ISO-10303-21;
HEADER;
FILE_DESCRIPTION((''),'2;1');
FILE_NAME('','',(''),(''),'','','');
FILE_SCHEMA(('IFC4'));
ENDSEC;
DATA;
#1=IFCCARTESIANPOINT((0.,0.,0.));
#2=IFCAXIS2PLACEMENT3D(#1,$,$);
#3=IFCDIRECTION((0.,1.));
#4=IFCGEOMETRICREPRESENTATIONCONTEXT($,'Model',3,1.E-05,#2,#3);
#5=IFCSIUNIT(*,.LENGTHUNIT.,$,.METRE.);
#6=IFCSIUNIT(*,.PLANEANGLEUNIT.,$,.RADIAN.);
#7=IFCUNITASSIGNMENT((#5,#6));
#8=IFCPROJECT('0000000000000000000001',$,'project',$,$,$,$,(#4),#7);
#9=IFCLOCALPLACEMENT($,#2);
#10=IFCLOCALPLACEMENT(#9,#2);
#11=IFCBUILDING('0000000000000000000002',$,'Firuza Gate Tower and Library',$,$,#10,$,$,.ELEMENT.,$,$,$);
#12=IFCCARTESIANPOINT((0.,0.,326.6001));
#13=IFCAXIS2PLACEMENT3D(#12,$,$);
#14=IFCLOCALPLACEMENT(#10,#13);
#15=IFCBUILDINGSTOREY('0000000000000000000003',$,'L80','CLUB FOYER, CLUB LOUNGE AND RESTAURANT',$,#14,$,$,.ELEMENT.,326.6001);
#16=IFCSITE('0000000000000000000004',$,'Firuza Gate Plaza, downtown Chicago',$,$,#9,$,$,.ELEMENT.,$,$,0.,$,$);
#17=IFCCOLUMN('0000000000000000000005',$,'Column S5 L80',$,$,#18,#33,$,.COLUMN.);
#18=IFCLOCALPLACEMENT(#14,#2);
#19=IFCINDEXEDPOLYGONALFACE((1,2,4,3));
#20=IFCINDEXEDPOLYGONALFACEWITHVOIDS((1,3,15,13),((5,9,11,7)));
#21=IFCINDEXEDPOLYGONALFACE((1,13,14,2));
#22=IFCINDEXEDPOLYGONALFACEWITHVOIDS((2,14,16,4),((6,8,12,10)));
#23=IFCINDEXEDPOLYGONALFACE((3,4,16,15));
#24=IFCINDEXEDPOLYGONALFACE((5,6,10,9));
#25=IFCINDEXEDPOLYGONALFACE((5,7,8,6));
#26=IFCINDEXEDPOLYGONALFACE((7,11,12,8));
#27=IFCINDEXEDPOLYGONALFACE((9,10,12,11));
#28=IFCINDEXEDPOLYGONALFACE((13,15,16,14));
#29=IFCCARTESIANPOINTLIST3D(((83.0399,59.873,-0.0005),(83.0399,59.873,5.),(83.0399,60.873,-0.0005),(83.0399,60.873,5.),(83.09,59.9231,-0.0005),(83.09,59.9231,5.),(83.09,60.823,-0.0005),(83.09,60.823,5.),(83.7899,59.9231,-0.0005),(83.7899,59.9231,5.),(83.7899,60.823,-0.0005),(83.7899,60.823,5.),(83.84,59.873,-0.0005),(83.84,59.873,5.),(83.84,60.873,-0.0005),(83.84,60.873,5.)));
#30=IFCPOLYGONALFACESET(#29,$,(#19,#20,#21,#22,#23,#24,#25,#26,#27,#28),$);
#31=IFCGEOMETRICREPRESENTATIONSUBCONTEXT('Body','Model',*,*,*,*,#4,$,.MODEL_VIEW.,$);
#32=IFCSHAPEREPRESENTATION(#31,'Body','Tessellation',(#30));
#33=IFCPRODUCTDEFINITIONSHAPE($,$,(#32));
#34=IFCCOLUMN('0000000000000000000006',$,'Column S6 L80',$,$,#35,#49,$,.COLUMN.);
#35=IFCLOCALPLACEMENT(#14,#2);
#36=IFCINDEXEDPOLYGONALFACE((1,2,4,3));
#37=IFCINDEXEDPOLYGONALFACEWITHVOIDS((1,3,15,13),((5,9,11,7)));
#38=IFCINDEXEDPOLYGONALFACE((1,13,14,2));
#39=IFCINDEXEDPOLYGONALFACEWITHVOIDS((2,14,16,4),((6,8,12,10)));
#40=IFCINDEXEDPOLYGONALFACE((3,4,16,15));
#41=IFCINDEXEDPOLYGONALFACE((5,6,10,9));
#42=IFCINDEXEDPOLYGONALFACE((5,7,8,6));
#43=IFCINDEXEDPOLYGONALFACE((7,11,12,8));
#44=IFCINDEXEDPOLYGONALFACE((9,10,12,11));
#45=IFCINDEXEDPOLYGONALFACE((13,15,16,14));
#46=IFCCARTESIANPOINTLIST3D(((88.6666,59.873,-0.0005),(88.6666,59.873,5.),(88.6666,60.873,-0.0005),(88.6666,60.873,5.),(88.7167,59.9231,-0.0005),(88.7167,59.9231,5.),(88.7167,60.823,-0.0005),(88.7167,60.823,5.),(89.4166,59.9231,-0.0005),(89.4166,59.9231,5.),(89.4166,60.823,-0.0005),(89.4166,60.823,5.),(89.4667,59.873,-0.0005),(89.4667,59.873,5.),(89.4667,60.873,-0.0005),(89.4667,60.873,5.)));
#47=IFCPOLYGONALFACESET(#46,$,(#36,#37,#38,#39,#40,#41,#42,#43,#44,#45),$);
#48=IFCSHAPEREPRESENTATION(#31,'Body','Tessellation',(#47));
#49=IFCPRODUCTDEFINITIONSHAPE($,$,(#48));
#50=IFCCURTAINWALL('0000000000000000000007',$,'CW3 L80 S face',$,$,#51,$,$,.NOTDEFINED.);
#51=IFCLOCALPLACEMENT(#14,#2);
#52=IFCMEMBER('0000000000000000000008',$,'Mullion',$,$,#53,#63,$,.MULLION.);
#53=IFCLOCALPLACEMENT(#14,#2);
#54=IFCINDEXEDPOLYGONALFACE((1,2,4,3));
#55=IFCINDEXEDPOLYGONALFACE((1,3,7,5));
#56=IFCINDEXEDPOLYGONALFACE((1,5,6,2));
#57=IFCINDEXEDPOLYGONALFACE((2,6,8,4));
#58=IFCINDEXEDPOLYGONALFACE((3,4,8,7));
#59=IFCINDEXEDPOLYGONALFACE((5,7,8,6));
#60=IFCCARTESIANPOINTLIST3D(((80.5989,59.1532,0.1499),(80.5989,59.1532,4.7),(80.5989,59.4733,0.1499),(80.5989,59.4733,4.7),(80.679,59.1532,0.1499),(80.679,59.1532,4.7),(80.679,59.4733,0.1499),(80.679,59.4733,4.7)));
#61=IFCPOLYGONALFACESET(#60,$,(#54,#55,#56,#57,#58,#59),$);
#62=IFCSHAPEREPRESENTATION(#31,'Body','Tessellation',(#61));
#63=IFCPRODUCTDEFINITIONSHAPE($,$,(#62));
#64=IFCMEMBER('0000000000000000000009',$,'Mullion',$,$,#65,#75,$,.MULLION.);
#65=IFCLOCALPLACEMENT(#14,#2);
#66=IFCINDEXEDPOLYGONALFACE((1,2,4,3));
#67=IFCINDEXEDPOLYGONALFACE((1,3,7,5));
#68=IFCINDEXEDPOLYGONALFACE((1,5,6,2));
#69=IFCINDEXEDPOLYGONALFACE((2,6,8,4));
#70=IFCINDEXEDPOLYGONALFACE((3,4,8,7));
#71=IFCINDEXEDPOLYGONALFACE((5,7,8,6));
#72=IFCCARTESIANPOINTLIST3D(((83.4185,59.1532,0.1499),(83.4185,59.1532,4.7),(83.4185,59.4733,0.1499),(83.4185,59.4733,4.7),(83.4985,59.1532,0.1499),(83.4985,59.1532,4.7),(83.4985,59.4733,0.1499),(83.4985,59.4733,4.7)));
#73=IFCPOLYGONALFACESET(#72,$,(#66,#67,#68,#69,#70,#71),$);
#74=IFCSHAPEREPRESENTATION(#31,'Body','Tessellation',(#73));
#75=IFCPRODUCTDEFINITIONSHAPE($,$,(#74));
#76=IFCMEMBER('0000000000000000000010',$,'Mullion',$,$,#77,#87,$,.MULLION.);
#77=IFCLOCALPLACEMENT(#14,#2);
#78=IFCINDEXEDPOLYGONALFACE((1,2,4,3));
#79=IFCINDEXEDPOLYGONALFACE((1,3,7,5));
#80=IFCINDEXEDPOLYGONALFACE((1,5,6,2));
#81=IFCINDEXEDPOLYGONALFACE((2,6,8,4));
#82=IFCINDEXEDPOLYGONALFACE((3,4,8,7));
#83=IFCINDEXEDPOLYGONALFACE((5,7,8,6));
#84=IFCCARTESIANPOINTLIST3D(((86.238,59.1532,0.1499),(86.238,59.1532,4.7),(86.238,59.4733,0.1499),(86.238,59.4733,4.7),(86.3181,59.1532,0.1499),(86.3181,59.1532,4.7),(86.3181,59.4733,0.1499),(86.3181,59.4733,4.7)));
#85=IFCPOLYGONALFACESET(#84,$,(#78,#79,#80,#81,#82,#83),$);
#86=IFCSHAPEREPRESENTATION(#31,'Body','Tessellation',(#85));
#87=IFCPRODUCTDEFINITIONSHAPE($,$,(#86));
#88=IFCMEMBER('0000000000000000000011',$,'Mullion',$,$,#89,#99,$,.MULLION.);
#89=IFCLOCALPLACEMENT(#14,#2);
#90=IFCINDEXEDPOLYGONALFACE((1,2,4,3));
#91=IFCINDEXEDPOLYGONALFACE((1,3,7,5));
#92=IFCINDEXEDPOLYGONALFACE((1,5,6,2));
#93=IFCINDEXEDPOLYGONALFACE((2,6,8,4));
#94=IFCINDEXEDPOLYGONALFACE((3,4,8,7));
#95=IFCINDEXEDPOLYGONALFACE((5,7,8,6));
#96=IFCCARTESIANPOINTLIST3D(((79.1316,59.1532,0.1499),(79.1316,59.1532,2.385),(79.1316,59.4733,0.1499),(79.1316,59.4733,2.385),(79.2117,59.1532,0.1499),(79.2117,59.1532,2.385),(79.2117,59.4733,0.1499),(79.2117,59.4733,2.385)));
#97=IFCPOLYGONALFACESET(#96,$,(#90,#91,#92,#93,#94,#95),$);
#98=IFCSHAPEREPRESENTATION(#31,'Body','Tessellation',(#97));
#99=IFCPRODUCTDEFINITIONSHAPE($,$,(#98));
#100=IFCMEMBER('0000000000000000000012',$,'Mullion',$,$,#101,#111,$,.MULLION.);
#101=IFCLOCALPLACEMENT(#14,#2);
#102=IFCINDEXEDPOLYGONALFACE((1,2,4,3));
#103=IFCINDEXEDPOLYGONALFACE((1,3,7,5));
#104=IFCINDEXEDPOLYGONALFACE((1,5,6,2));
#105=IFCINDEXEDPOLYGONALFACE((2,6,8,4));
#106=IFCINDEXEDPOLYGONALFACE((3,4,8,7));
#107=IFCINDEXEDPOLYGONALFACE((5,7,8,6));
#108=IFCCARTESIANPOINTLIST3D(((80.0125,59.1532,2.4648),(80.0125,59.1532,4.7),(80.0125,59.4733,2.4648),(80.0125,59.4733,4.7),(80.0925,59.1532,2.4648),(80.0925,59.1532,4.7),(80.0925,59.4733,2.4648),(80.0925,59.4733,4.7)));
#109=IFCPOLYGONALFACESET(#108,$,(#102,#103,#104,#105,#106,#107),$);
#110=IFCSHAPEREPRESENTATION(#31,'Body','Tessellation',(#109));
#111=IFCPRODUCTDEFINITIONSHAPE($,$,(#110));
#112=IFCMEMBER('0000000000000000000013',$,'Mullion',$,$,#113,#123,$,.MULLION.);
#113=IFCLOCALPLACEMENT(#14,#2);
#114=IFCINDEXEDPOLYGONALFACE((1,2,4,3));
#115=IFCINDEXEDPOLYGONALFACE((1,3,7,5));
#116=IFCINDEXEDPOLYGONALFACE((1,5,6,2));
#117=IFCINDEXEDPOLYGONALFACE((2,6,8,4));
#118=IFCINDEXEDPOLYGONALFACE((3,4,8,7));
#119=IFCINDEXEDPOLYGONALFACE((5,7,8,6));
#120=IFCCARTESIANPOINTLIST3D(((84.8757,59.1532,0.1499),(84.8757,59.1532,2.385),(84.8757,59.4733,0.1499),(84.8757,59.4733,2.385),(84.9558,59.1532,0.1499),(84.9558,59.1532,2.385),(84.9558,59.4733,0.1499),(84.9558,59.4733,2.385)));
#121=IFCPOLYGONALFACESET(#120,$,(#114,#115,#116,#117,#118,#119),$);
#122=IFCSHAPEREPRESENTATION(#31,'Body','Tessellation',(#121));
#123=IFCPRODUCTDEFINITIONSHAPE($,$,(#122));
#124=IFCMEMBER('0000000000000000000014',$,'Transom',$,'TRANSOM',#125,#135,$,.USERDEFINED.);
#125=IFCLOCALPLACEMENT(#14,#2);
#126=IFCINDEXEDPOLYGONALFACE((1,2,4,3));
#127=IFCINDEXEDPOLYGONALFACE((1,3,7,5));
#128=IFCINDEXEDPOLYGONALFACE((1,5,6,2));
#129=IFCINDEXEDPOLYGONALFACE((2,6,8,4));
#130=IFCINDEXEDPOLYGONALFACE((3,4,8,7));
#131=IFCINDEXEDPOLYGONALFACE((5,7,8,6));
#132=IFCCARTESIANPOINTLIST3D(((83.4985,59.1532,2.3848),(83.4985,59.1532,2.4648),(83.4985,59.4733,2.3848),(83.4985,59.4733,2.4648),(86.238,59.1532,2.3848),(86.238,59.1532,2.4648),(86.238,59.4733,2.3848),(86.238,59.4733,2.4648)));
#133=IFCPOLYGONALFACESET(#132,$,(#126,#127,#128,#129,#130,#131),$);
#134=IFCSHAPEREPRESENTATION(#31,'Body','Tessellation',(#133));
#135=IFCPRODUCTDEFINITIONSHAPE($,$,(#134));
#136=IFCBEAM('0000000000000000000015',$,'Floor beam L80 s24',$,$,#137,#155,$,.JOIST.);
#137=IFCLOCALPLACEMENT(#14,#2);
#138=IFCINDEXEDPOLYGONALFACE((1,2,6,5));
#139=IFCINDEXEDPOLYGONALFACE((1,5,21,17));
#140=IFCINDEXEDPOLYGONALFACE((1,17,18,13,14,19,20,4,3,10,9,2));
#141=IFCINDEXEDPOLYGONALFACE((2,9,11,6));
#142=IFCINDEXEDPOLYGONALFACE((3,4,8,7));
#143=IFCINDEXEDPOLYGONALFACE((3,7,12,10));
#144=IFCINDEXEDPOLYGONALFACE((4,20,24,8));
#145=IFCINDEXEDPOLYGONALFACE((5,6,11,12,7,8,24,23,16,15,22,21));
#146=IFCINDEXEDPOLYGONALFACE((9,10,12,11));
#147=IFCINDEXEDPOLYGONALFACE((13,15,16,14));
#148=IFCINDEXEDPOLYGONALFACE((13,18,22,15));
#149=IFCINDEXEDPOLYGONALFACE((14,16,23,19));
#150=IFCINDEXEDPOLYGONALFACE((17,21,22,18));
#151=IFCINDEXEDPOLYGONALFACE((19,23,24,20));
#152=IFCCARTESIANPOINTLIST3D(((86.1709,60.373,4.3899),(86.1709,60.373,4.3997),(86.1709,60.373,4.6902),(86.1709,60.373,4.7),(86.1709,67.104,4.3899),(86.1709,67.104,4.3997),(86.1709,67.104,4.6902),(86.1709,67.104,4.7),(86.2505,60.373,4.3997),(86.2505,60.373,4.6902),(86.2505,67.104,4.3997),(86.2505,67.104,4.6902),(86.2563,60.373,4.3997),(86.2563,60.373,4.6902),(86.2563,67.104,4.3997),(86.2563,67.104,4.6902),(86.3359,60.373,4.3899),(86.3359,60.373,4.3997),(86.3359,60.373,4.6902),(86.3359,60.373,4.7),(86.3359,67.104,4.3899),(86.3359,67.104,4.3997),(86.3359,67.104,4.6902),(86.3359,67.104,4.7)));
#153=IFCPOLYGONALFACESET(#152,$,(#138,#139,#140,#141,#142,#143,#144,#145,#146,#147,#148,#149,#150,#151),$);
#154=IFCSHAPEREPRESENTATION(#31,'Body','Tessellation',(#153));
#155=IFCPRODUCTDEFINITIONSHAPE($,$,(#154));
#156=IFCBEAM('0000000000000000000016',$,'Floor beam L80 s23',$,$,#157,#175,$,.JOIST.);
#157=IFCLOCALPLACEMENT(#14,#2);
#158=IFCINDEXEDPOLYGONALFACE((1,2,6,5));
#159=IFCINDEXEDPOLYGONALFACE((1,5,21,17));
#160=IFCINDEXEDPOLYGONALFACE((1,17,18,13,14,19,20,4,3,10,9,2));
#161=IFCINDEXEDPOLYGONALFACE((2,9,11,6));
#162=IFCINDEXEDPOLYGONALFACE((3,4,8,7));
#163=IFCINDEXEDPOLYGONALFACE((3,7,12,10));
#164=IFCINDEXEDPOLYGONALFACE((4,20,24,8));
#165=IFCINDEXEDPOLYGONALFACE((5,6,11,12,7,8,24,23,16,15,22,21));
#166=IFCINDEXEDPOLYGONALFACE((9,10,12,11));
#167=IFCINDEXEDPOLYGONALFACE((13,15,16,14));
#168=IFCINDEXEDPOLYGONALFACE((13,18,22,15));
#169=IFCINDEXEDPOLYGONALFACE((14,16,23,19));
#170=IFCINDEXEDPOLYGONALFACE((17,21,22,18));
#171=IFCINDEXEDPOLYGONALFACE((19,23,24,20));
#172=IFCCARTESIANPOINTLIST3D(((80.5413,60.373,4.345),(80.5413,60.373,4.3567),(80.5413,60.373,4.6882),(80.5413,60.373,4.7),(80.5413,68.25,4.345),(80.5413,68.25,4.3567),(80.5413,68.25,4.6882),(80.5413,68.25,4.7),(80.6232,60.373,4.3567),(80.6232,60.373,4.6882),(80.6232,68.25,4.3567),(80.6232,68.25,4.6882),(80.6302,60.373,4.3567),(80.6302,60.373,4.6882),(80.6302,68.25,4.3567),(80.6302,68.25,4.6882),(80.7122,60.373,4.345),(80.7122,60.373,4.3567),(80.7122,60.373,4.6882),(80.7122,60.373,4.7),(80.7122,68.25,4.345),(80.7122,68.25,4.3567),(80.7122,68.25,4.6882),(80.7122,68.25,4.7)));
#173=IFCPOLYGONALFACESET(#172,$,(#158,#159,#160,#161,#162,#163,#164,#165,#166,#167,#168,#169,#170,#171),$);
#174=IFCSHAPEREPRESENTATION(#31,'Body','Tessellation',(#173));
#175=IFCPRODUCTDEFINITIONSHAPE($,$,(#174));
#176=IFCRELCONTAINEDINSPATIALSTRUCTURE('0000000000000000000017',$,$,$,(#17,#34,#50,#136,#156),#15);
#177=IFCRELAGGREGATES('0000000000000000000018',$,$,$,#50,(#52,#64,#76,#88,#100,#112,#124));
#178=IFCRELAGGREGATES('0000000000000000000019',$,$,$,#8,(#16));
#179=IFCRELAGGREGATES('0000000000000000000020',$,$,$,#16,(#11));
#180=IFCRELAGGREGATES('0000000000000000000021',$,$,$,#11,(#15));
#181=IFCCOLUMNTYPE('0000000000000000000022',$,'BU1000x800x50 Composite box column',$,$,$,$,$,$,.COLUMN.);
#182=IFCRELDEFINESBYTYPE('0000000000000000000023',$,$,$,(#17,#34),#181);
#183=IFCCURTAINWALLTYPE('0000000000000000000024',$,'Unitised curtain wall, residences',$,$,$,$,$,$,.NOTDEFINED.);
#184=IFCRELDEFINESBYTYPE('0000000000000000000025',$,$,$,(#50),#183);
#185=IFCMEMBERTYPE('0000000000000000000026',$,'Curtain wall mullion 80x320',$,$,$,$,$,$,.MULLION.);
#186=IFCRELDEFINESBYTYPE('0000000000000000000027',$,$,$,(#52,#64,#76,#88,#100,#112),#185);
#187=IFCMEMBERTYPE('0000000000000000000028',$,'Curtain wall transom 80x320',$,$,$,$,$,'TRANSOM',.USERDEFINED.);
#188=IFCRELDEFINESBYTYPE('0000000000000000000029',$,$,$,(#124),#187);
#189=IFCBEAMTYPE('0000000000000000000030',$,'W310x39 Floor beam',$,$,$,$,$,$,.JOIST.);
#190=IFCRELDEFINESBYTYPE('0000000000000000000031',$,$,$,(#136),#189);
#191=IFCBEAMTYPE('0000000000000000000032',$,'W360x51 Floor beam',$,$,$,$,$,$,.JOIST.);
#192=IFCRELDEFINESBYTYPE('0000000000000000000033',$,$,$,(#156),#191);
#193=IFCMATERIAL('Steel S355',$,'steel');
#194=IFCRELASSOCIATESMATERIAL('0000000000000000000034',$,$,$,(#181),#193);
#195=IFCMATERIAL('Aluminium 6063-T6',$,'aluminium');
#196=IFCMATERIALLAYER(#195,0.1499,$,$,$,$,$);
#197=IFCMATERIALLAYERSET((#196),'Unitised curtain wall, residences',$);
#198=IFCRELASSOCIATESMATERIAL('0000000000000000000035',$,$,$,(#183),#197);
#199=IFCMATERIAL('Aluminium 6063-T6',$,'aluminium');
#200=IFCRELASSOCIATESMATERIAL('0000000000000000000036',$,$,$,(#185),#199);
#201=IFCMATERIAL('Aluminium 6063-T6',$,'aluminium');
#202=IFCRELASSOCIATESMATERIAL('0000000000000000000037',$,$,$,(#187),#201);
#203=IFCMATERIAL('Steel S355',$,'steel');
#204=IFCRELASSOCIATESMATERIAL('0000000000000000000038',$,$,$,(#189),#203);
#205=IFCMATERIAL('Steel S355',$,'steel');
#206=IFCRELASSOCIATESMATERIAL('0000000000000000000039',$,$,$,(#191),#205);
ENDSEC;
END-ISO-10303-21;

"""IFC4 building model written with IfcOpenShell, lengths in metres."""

from ifc_helpers import new_model, si_unit, direction, frame, origin, origin_2d, place, context, subcontext, project, spatial, rectangle, hollow_rectangle, i_section, extrude, material, layer, layer_set, material_profile, profile_set, type_object, element, aggregate, save


model = new_model("IFC4")

# Units and contexts
model_context = context("Model", 3, precision=1e-05, world=origin(), true_north=direction((0.0, 1.0)))
body_context = subcontext(model_context, "Body", "Model", "MODEL_VIEW")
ifc_project = project(units=[si_unit("LENGTHUNIT", "METRE"), si_unit("PLANEANGLEUNIT", "RADIAN")], contexts=[model_context])

# Site, building, storey
site_placement = place(None, origin())
site = spatial("IfcSite", under=ifc_project, at=site_placement, Name="Firuza Gate Plaza, downtown Chicago", CompositionType="ELEMENT", RefElevation=0.0)
building_placement = place(site_placement, origin())
building = spatial("IfcBuilding", under=site, at=building_placement, Name="Firuza Gate Tower and Library", CompositionType="ELEMENT")
storey_placement = place(building_placement, frame((0.0, 0.0, 326.6001)))
storey = spatial("IfcBuildingStorey", under=building, at=storey_placement, Name="L80", Description="CLUB FOYER, CLUB LOUNGE AND RESTAURANT", CompositionType="ELEMENT", Elevation=326.6001)

# Columns
ifc_material_1 = material(Name="Steel S355", Category="steel")
ifc_material_profile_1 = material_profile(ifc_material_1, hollow_rectangle(XDim=0.8, YDim=1.0, WallThickness=0.05, at=origin_2d()))
ifc_profile_set_1 = profile_set([ifc_material_profile_1], Name="Steel S355")
column_type = type_object("IfcColumnType", Name="BU1000x800x50 Composite box column", PredefinedType="COLUMN", material=ifc_profile_set_1)
for number, where, z_axis, x_axis, name in (
    (1, (83.4399, 60.373, -0.0005), (0.0, 0.0, 1.0), (1.0, 0.0, 0.0), "Column S5 L80"),
    (2, (89.0667, 60.373, -0.0005), (0.0, 0.0, 1.0), (1.0, 0.0, 0.0), "Column S6 L80"),
):
    element("IfcColumn", number, at=place(storey_placement, frame(where, z_axis=z_axis, x_axis=x_axis)), inside=storey, type_object=column_type, Name=name, PredefinedType="COLUMN", context=body_context, shape_type="SweptSolid", body=[
        extrude(hollow_rectangle(XDim=0.8, YDim=1.0, WallThickness=0.05, at=origin_2d()), origin(), (0.0, 0.0, 1.0), 5.0005),
    ])

# Curtain wall, members
ifc_material_2 = material(Name="Aluminium 6063-T6", Category="aluminium")
ifc_layer_1 = layer(ifc_material_2, 0.1499)
ifc_layer_set_1 = layer_set([ifc_layer_1], Name="Unitised curtain wall, residences")
curtain_wall_type = type_object("IfcCurtainWallType", Name="Unitised curtain wall, residences", PredefinedType="NOTDEFINED", material=ifc_layer_set_1)
curtain_wall_placement = place(storey_placement, origin())
curtain_wall = element("IfcCurtainWall", 3, at=curtain_wall_placement, inside=storey, type_object=curtain_wall_type, Name="CW3 L80 S face", PredefinedType="NOTDEFINED")
ifc_material_3 = material(Name="Aluminium 6063-T6", Category="aluminium")
ifc_material_profile_2 = material_profile(ifc_material_3, rectangle(XDim=0.3201, YDim=0.0801, at=origin_2d()))
ifc_profile_set_2 = profile_set([ifc_material_profile_2], Name="Aluminium 6063-T6")
member_type_1 = type_object("IfcMemberType", Name="Curtain wall mullion 80x320", PredefinedType="MULLION", material=ifc_profile_set_2)
member_1_placement = place(storey_placement, frame((80.6389, 59.3132, 0.1499), z_axis=(0.0, 0.0, 1.0), x_axis=(0.0, 1.0, 0.0)))
member_1 = element("IfcMember", 4, at=member_1_placement, type_object=member_type_1, Name="Mullion", PredefinedType="MULLION", context=body_context, shape_type="SweptSolid", body=[
    extrude(rectangle(XDim=0.3201, YDim=0.0801, at=origin_2d()), origin(), (0.0, 0.0, 1.0), 4.55),
])
member_2_placement = place(storey_placement, frame((83.4585, 59.3132, 0.1499), z_axis=(0.0, 0.0, 1.0), x_axis=(0.0, 1.0, 0.0)))
member_2 = element("IfcMember", 5, at=member_2_placement, type_object=member_type_1, Name="Mullion", PredefinedType="MULLION", context=body_context, shape_type="SweptSolid", body=[
    extrude(rectangle(XDim=0.3201, YDim=0.0801, at=origin_2d()), origin(), (0.0, 0.0, 1.0), 4.55),
])
member_3_placement = place(storey_placement, frame((86.2781, 59.3132, 0.1499), z_axis=(0.0, 0.0, 1.0), x_axis=(0.0, 1.0, 0.0)))
member_3 = element("IfcMember", 6, at=member_3_placement, type_object=member_type_1, Name="Mullion", PredefinedType="MULLION", context=body_context, shape_type="SweptSolid", body=[
    extrude(rectangle(XDim=0.3201, YDim=0.0801, at=origin_2d()), origin(), (0.0, 0.0, 1.0), 4.55),
])
member_4_placement = place(storey_placement, frame((79.1716, 59.3132, 0.1499), z_axis=(0.0, 0.0, 1.0), x_axis=(0.0, 1.0, 0.0)))
member_4 = element("IfcMember", 7, at=member_4_placement, type_object=member_type_1, Name="Mullion", PredefinedType="MULLION", context=body_context, shape_type="SweptSolid", body=[
    extrude(rectangle(XDim=0.3201, YDim=0.0801, at=origin_2d()), origin(), (0.0, 0.0, 1.0), 2.2351),
])
member_5_placement = place(storey_placement, frame((80.0525, 59.3132, 2.4648), z_axis=(0.0, 0.0, 1.0), x_axis=(0.0, 1.0, 0.0)))
member_5 = element("IfcMember", 8, at=member_5_placement, type_object=member_type_1, Name="Mullion", PredefinedType="MULLION", context=body_context, shape_type="SweptSolid", body=[
    extrude(rectangle(XDim=0.3201, YDim=0.0801, at=origin_2d()), origin(), (0.0, 0.0, 1.0), 2.2351),
])
member_6_placement = place(storey_placement, frame((84.9158, 59.3132, 0.1499), z_axis=(0.0, 0.0, 1.0), x_axis=(0.0, 1.0, 0.0)))
member_6 = element("IfcMember", 9, at=member_6_placement, type_object=member_type_1, Name="Mullion", PredefinedType="MULLION", context=body_context, shape_type="SweptSolid", body=[
    extrude(rectangle(XDim=0.3201, YDim=0.0801, at=origin_2d()), origin(), (0.0, 0.0, 1.0), 2.2351),
])
ifc_material_4 = material(Name="Aluminium 6063-T6", Category="aluminium")
ifc_material_profile_3 = material_profile(ifc_material_4, rectangle(XDim=0.3201, YDim=0.0801, at=origin_2d()))
ifc_profile_set_3 = profile_set([ifc_material_profile_3], Name="Aluminium 6063-T6")
member_type_2 = type_object("IfcMemberType", Name="Curtain wall transom 80x320", ElementType="TRANSOM", PredefinedType="USERDEFINED", material=ifc_profile_set_3)
member_7_placement = place(storey_placement, frame((83.4985, 59.3132, 2.4248), z_axis=(1.0, 0.0, 0.0), x_axis=(0.0, 1.0, 0.0)))
member_7 = element("IfcMember", 10, at=member_7_placement, type_object=member_type_2, Name="Transom", ObjectType="TRANSOM", PredefinedType="USERDEFINED", context=body_context, shape_type="SweptSolid", body=[
    extrude(rectangle(XDim=0.3201, YDim=0.0801, at=origin_2d()), origin(), (0.0, 0.0, 1.0), 2.7395),
])

# Beams
ifc_material_5 = material(Name="Steel S355", Category="steel")
ifc_material_profile_4 = material_profile(ifc_material_5, i_section(OverallWidth=0.165, OverallDepth=0.3101, WebThickness=0.0059, FlangeThickness=0.0098, at=origin_2d()))
ifc_profile_set_4 = profile_set([ifc_material_profile_4], Name="Steel S355")
beam_type_1 = type_object("IfcBeamType", Name="W310x39 Floor beam", PredefinedType="JOIST", material=ifc_profile_set_4)
beam_1_placement = place(storey_placement, frame((86.2534, 60.373, 4.5449), z_axis=(0.0, 1.0, 0.0), x_axis=(-1.0, 0.0, 0.0)))
element("IfcBeam", 11, at=beam_1_placement, inside=storey, type_object=beam_type_1, Name="Floor beam L80 s24", PredefinedType="JOIST", context=body_context, shape_type="SweptSolid", body=[
    extrude(i_section(OverallWidth=0.165, OverallDepth=0.3101, WebThickness=0.0059, FlangeThickness=0.0098, at=origin_2d()), origin(), (0.0, 0.0, 1.0), 6.731),
])
ifc_material_6 = material(Name="Steel S355", Category="steel")
ifc_material_profile_5 = material_profile(ifc_material_6, i_section(OverallWidth=0.1709, OverallDepth=0.355, WebThickness=0.0071, FlangeThickness=0.0117, at=origin_2d()))
ifc_profile_set_5 = profile_set([ifc_material_profile_5], Name="Steel S355")
beam_type_2 = type_object("IfcBeamType", Name="W360x51 Floor beam", PredefinedType="JOIST", material=ifc_profile_set_5)
beam_2_placement = place(storey_placement, frame((80.6267, 60.373, 4.5225), z_axis=(0.0, 1.0, 0.0), x_axis=(-1.0, 0.0, 0.0)))
element("IfcBeam", 12, at=beam_2_placement, inside=storey, type_object=beam_type_2, Name="Floor beam L80 s23", PredefinedType="JOIST", context=body_context, shape_type="SweptSolid", body=[
    extrude(i_section(OverallWidth=0.1709, OverallDepth=0.355, WebThickness=0.0071, FlangeThickness=0.0117, at=origin_2d()), origin(), (0.0, 0.0, 1.0), 7.877),
])

aggregate(curtain_wall, [member_1, member_2, member_3, member_4, member_5, member_6, member_7])

save(model, "model.ifc")
